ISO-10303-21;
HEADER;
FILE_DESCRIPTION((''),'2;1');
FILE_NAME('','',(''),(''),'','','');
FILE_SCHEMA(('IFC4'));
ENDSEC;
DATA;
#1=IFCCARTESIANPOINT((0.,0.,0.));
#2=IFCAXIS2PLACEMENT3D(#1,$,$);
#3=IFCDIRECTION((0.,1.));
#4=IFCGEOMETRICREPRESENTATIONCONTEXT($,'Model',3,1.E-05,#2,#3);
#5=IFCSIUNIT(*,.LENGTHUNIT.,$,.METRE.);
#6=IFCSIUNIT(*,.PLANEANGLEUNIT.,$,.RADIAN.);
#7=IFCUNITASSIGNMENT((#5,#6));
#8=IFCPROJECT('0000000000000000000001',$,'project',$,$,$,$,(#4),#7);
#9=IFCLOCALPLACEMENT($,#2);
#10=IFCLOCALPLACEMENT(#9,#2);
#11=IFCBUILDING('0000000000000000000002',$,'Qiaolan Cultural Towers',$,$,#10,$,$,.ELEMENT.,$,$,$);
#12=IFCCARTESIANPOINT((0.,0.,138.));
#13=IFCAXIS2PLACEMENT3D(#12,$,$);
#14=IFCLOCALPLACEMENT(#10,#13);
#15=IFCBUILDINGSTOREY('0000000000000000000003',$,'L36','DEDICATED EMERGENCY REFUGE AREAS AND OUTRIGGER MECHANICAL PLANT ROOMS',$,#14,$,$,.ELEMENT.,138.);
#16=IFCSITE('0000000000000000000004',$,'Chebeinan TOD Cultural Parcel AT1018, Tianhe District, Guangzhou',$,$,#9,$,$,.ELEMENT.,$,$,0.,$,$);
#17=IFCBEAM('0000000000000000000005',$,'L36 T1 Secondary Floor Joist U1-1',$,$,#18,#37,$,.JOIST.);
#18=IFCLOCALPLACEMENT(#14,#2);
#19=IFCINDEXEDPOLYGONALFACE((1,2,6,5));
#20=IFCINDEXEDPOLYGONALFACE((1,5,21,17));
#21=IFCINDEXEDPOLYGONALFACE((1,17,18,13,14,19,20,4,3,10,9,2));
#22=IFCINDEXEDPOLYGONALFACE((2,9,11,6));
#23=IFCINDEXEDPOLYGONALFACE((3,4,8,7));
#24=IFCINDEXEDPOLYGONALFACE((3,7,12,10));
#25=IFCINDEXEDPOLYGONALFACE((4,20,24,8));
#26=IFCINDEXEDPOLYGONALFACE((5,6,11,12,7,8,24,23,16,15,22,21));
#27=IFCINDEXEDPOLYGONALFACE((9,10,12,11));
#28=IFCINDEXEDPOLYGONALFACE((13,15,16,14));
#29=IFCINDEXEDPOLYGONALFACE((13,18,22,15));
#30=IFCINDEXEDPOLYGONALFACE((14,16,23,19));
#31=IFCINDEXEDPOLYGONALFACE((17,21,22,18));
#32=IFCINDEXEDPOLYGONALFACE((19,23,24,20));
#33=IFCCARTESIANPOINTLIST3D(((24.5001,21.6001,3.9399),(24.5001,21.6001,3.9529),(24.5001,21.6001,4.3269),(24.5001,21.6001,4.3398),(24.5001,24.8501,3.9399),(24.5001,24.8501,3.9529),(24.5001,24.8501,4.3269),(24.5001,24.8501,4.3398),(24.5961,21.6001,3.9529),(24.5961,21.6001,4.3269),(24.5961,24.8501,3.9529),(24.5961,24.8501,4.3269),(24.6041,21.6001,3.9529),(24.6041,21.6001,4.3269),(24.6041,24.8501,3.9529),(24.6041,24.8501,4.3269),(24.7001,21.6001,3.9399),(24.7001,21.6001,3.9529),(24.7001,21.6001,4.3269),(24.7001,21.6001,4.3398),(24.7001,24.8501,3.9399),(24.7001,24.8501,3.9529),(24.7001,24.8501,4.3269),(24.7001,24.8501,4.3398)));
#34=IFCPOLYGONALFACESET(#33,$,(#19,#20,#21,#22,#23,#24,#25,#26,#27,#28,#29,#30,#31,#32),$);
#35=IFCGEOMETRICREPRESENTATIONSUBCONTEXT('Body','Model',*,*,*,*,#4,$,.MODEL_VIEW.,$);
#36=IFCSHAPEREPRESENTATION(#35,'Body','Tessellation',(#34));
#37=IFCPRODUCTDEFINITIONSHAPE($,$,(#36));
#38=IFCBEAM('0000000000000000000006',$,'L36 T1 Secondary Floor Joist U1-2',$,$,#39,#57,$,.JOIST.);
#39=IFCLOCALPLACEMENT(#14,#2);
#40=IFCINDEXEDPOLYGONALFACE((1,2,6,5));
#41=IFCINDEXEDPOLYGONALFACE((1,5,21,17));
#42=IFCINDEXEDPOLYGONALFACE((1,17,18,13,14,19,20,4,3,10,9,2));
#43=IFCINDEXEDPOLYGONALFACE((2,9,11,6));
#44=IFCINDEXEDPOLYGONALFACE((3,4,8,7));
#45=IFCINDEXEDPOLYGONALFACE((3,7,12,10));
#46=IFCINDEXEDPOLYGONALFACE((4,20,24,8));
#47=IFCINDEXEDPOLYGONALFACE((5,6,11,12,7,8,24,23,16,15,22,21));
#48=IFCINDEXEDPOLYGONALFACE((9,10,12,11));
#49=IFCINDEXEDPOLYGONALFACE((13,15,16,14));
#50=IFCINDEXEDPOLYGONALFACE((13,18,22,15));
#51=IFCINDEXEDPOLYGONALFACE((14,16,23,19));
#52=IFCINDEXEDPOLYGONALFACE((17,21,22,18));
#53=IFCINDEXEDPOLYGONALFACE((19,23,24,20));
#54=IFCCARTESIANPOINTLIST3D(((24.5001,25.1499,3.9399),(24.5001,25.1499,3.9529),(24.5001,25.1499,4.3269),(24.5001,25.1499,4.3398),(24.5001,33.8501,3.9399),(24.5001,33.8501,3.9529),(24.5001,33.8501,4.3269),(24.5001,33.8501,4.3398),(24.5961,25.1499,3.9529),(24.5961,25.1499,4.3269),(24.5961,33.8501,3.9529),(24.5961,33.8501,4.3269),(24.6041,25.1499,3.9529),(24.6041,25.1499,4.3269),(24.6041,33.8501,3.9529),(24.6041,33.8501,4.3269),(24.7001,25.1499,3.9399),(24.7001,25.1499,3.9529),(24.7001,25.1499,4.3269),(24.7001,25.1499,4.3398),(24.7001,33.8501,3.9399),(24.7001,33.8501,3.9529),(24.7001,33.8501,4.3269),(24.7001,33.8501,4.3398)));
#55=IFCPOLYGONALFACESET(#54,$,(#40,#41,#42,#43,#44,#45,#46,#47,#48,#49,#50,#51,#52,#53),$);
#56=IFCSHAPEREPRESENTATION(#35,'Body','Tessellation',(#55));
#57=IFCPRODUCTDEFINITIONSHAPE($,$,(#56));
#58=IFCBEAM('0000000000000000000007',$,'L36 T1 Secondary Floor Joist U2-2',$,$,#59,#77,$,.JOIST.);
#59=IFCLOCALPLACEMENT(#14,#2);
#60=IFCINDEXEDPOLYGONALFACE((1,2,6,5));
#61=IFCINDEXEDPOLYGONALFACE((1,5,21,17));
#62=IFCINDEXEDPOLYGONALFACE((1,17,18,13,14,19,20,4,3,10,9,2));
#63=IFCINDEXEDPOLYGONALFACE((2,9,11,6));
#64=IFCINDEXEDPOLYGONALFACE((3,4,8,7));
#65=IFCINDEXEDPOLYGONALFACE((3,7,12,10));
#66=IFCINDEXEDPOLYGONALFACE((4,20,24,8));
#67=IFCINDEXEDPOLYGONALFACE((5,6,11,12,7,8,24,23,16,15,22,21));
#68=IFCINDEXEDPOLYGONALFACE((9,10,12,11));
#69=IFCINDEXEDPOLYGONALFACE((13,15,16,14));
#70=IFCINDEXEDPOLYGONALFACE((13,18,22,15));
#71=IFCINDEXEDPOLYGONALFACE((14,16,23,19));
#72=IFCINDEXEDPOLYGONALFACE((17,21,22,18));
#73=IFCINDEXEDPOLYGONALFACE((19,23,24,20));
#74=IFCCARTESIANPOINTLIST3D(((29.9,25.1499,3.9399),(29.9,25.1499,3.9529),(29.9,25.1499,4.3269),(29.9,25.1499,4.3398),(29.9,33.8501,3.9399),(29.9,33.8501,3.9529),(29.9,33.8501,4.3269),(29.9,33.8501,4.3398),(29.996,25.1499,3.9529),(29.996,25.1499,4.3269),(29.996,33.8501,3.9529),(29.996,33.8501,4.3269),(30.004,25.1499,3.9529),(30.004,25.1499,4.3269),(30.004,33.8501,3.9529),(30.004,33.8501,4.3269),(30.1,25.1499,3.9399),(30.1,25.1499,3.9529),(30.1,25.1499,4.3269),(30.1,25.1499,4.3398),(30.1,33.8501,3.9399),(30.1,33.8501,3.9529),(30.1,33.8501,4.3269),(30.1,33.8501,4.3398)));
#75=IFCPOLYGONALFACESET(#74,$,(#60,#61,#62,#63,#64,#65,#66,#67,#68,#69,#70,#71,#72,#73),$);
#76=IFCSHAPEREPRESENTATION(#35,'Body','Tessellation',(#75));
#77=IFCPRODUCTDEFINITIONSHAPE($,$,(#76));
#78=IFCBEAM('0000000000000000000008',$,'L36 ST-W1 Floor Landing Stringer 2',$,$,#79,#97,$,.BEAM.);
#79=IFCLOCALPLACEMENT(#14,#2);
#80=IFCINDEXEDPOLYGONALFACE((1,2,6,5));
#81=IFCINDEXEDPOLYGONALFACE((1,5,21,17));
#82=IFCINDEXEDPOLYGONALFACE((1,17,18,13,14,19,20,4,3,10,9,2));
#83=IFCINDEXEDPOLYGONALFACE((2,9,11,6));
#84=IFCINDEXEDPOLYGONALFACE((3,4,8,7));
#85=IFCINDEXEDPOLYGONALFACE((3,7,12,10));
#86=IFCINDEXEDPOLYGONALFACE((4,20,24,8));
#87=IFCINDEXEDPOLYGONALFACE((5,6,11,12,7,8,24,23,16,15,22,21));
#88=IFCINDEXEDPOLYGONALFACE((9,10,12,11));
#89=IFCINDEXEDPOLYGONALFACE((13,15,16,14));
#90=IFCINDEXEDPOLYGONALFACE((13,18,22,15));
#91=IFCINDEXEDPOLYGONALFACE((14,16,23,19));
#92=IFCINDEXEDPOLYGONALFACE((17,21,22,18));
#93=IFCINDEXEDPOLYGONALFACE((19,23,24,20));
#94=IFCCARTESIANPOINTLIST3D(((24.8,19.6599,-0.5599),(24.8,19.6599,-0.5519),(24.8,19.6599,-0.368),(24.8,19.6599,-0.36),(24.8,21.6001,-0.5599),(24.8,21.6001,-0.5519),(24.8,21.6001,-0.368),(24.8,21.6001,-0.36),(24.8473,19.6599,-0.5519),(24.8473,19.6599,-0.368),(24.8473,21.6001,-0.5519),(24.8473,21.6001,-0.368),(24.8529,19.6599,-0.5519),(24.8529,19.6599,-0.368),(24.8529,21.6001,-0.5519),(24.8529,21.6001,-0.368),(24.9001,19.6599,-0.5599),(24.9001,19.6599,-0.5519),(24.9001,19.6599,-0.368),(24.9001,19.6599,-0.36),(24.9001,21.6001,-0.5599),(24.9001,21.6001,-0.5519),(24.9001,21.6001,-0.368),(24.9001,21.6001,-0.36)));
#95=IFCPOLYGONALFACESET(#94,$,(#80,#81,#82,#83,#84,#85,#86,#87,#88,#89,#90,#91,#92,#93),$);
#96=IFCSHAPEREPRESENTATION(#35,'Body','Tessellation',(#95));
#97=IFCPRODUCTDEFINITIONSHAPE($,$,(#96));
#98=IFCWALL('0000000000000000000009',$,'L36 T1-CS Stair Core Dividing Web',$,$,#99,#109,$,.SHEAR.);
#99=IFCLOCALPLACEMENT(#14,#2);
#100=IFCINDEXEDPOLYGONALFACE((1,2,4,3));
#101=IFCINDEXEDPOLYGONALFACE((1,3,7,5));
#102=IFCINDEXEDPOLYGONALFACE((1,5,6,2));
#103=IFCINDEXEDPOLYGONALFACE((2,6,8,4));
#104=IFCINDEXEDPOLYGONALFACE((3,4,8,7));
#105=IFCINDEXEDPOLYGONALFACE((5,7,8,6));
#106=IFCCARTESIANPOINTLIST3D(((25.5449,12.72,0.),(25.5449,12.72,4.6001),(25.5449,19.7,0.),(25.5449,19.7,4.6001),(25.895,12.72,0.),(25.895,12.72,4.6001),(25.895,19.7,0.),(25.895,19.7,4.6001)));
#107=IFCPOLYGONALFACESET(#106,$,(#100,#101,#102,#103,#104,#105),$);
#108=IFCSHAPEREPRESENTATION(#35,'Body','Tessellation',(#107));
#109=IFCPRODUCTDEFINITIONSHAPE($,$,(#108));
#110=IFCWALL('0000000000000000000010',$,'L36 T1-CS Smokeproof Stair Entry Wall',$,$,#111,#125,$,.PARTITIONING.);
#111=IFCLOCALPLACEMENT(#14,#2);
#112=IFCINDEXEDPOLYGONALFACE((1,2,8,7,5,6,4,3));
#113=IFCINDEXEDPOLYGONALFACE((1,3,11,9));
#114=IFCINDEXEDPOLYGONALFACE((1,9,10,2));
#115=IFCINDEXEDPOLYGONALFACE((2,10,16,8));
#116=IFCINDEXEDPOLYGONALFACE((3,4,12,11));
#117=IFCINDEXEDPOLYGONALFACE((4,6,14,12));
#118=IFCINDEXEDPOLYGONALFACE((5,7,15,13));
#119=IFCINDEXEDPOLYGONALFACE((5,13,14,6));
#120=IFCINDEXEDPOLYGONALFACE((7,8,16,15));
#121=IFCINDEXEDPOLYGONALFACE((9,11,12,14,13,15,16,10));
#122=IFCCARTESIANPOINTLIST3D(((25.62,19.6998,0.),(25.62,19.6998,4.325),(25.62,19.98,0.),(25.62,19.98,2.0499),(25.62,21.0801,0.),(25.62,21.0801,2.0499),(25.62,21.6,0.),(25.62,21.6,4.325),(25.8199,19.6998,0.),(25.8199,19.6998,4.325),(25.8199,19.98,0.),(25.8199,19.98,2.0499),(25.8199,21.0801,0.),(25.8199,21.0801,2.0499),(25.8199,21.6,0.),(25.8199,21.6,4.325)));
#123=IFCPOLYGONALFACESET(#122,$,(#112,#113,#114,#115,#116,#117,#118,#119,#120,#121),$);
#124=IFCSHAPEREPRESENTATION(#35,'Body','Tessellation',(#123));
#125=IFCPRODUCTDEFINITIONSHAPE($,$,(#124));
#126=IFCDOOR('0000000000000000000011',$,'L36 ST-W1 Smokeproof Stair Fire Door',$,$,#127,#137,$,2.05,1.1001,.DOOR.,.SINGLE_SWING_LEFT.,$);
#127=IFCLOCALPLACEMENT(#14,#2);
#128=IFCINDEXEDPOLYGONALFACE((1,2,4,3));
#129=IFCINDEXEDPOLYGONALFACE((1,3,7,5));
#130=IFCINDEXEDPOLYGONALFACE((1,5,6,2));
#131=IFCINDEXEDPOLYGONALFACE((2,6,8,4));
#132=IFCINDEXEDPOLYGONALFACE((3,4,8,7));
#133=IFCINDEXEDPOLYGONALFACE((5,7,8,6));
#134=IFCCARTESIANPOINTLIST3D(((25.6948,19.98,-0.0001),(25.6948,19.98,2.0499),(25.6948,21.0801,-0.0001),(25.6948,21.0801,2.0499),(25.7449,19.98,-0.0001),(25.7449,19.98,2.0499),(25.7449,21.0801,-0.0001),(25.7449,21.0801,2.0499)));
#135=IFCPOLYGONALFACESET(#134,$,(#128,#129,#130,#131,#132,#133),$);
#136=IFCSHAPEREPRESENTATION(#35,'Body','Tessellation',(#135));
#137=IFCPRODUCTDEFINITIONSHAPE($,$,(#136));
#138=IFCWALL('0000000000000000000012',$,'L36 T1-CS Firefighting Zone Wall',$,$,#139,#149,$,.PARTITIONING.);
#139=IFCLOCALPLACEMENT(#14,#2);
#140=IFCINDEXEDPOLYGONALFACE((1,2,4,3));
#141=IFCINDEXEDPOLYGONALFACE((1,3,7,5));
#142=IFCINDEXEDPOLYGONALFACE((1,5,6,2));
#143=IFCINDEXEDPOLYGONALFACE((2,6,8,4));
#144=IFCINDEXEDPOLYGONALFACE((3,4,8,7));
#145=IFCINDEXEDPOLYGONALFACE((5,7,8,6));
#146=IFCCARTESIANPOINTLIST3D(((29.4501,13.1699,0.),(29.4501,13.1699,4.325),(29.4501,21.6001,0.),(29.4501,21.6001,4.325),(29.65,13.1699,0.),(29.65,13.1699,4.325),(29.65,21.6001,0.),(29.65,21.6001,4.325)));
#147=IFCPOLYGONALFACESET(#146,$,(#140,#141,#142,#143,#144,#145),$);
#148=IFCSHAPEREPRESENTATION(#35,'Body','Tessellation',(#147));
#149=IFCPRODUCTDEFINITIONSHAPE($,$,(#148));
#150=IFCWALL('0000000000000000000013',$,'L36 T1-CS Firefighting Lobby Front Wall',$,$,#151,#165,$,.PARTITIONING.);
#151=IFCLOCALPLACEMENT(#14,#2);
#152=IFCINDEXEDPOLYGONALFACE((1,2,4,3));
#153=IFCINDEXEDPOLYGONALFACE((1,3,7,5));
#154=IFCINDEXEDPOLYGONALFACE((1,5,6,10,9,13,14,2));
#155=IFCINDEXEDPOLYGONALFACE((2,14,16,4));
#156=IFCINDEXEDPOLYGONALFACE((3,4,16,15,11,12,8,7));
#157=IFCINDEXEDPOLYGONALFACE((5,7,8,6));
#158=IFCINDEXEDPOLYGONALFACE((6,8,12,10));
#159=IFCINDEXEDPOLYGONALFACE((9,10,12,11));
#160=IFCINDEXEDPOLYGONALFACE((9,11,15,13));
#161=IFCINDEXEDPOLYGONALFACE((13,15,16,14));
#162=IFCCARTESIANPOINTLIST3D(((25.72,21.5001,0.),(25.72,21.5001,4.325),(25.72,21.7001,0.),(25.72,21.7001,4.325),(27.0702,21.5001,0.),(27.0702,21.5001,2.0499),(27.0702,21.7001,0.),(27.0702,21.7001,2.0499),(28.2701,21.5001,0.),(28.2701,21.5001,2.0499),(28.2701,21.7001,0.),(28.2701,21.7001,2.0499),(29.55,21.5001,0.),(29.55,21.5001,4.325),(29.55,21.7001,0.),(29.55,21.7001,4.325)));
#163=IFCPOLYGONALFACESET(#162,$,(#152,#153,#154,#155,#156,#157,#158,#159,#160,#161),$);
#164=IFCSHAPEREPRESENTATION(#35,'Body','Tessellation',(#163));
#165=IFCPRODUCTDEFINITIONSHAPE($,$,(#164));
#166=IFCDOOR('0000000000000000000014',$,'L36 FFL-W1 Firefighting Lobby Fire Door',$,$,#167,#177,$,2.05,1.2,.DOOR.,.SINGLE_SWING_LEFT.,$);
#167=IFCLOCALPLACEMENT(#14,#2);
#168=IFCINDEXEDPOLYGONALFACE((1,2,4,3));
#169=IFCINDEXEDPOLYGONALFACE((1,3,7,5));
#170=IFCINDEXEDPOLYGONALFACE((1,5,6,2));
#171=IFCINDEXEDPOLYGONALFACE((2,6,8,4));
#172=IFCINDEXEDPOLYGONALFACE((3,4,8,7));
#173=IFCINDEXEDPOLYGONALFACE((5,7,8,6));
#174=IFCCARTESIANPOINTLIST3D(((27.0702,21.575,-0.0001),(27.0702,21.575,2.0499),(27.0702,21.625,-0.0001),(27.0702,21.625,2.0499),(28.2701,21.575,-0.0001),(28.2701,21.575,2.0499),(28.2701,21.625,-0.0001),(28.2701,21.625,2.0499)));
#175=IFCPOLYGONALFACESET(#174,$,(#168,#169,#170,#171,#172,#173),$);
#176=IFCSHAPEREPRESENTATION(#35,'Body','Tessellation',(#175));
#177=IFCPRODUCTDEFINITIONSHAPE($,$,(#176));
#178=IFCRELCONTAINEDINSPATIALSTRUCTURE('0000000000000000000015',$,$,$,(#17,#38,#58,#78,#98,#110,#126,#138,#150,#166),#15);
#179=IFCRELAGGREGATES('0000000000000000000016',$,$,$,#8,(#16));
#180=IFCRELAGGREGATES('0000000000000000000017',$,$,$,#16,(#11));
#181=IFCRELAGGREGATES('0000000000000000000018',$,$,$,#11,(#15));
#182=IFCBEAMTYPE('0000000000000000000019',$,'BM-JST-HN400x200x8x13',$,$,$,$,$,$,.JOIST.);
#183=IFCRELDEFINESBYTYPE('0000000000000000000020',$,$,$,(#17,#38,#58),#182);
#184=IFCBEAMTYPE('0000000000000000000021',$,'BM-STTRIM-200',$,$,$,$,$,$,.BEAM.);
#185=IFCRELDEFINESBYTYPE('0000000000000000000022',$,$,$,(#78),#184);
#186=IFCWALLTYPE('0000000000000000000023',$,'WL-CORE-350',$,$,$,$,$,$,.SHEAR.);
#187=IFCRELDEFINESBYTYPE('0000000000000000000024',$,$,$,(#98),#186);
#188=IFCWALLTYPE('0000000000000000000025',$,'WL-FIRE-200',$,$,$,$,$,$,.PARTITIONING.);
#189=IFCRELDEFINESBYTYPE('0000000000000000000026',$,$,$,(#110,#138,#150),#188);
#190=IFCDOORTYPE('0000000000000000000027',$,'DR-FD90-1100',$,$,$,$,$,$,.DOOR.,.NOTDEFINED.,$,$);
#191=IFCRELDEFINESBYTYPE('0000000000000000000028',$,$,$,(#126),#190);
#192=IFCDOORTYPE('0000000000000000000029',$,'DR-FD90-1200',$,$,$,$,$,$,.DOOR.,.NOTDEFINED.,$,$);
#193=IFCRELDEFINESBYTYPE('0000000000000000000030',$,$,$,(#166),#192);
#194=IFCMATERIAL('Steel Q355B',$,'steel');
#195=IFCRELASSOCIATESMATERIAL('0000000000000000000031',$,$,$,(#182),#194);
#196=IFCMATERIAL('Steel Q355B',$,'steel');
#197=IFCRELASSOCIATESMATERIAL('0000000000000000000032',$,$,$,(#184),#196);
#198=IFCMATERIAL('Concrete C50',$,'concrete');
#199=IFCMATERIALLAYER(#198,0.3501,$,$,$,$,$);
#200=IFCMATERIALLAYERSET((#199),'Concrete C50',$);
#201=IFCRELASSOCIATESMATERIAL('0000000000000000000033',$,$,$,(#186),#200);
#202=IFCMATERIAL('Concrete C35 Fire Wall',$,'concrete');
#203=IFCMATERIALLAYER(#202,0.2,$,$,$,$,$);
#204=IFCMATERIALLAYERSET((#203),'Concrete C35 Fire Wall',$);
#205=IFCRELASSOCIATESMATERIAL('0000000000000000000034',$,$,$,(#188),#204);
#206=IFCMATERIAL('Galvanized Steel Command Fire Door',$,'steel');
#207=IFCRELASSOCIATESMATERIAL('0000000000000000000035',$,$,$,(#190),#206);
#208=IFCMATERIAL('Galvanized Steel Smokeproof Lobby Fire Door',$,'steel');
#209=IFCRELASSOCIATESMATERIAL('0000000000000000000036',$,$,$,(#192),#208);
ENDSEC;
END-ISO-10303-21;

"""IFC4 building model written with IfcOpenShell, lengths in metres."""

from ifc_helpers import new_model, si_unit, direction, frame, frame_2d, origin, origin_2d, place, context, subcontext, project, spatial, rectangle, i_section, extrude, material, layer, layer_set, material_profile, profile_set, type_object, element, fill, save


model = new_model("IFC4")

# Units and contexts
model_context = context("Model", 3, precision=1e-05, world=origin(), true_north=direction((0.0, 1.0)))
body_context = subcontext(model_context, "Body", "Model", "MODEL_VIEW")
ifc_project = project(units=[si_unit("LENGTHUNIT", "METRE"), si_unit("PLANEANGLEUNIT", "RADIAN")], contexts=[model_context])

# Site, building, storey
site_placement = place(None, origin())
site = spatial("IfcSite", under=ifc_project, at=site_placement, Name="Chebeinan TOD Cultural Parcel AT1018, Tianhe District, Guangzhou", CompositionType="ELEMENT", RefElevation=0.0)
building_placement = place(site_placement, origin())
building = spatial("IfcBuilding", under=site, at=building_placement, Name="Qiaolan Cultural Towers", CompositionType="ELEMENT")
storey_placement = place(building_placement, frame((0.0, 0.0, 138.0)))
storey = spatial("IfcBuildingStorey", under=building, at=storey_placement, Name="L36", Description="DEDICATED EMERGENCY REFUGE AREAS AND OUTRIGGER MECHANICAL PLANT ROOMS", CompositionType="ELEMENT", Elevation=138.0)

# Beams
ifc_material_1 = material(Name="Steel Q355B", Category="steel")
ifc_material_profile_1 = material_profile(ifc_material_1, i_section(OverallWidth=0.2, OverallDepth=0.3999, WebThickness=0.0081, FlangeThickness=0.0129, at=origin_2d()), Name="HN400x200x8x13")
ifc_profile_set_1 = profile_set([ifc_material_profile_1], Name="Steel Q355B")
beam_type_1 = type_object("IfcBeamType", Name="BM-JST-HN400x200x8x13", PredefinedType="JOIST", material=ifc_profile_set_1)
beam_1_placement = place(storey_placement, frame((24.6001, 21.6001, 4.1399), z_axis=(0.0, 1.0, 0.0), x_axis=(-1.0, 0.0, 0.0)))
element("IfcBeam", 1, at=beam_1_placement, inside=storey, type_object=beam_type_1, Name="L36 T1 Secondary Floor Joist U1-1", PredefinedType="JOIST", context=body_context, shape_type="SweptSolid", body=[
    extrude(i_section(OverallWidth=0.2, OverallDepth=0.3999, WebThickness=0.0081, FlangeThickness=0.0129, at=origin_2d()), origin(), (0.0, 0.0, 1.0), 3.25),
])
for number, where, z_axis, x_axis, name in (
    (2, (24.6001, 25.1499, 4.1399), (0.0, 1.0, 0.0), (-1.0, 0.0, 0.0), "L36 T1 Secondary Floor Joist U1-2"),
    (3, (30.0, 25.1499, 4.1399), (0.0, 1.0, 0.0), (-1.0, 0.0, 0.0), "L36 T1 Secondary Floor Joist U2-2"),
):
    element("IfcBeam", number, at=place(storey_placement, frame(where, z_axis=z_axis, x_axis=x_axis)), inside=storey, type_object=beam_type_1, Name=name, PredefinedType="JOIST", context=body_context, shape_type="SweptSolid", body=[
        extrude(i_section(OverallWidth=0.2, OverallDepth=0.3999, WebThickness=0.0081, FlangeThickness=0.0129, at=origin_2d()), origin(), (0.0, 0.0, 1.0), 8.7002),
    ])
ifc_material_2 = material(Name="Steel Q355B", Category="steel")
ifc_material_profile_2 = material_profile(ifc_material_2, i_section(OverallWidth=0.1001, OverallDepth=0.2, WebThickness=0.0056, FlangeThickness=0.0081, at=origin_2d()), Name="HN200x100x5.5x8")
ifc_profile_set_2 = profile_set([ifc_material_profile_2], Name="Steel Q355B")
beam_type_2 = type_object("IfcBeamType", Name="BM-STTRIM-200", PredefinedType="BEAM", material=ifc_profile_set_2)
beam_2_placement = place(storey_placement, frame((24.8501, 21.6001, -0.46), z_axis=(0.0, -1.0, 0.0), x_axis=(1.0, 0.0, 0.0)))
element("IfcBeam", 4, at=beam_2_placement, inside=storey, type_object=beam_type_2, Name="L36 ST-W1 Floor Landing Stringer 2", PredefinedType="BEAM", context=body_context, shape_type="SweptSolid", body=[
    extrude(i_section(OverallWidth=0.1001, OverallDepth=0.2, WebThickness=0.0056, FlangeThickness=0.0081, at=origin_2d()), origin(), (0.0, 0.0, 1.0), 1.9402),
])

# Wall
ifc_material_3 = material(Name="Concrete C50", Category="concrete")
ifc_layer_1 = layer(ifc_material_3, 0.3501)
ifc_layer_set_1 = layer_set([ifc_layer_1], Name="Concrete C50")
wall_type_1 = type_object("IfcWallType", Name="WL-CORE-350", PredefinedType="SHEAR", material=ifc_layer_set_1)
wall_1_placement = place(storey_placement, frame((25.72, 19.7, 0.0), z_axis=(0.0, 0.0, 1.0), x_axis=(0.0, -1.0, 0.0)))
element("IfcWall", 5, at=wall_1_placement, inside=storey, type_object=wall_type_1, Name="L36 T1-CS Stair Core Dividing Web", PredefinedType="SHEAR", context=body_context, shape_type="SweptSolid", body=[
    extrude(rectangle(XDim=6.98, YDim=0.3501, at=frame_2d((3.49, 0.0))), origin(), (0.0, 0.0, 1.0), 4.6001),
])

# Wall, opening, door
ifc_material_4 = material(Name="Concrete C35 Fire Wall", Category="concrete")
ifc_layer_2 = layer(ifc_material_4, 0.2)
ifc_layer_set_2 = layer_set([ifc_layer_2], Name="Concrete C35 Fire Wall")
wall_type_2 = type_object("IfcWallType", Name="WL-FIRE-200", PredefinedType="PARTITIONING", material=ifc_layer_set_2)
wall_2_placement = place(storey_placement, frame((25.72, 21.6001, 0.0), z_axis=(0.0, 0.0, 1.0), x_axis=(0.0, -1.0, 0.0)))
wall_2 = element("IfcWall", 6, at=wall_2_placement, inside=storey, type_object=wall_type_2, Name="L36 T1-CS Smokeproof Stair Entry Wall", PredefinedType="PARTITIONING", context=body_context, shape_type="SweptSolid", body=[
    extrude(rectangle(XDim=1.9001, YDim=0.2, at=frame_2d((0.9502, 0.0))), origin(), (0.0, 0.0, 1.0), 4.325),
])
opening_1_placement = place(wall_2_placement, frame((0.52, 0.0, 0.0)))
opening_1 = element("IfcOpeningElement", 7, at=opening_1_placement, cuts=wall_2, PredefinedType="OPENING", context=body_context, shape_type="SweptSolid", body=[
    extrude(rectangle(XDim=1.1001, YDim=2.05, at=frame_2d((0.55, 1.0249))), frame((0.0, 0.1099, 0.0), z_axis=(0.0, -1.0, 0.0), x_axis=(1.0, 0.0, 0.0)), (0.0, 0.0, 1.0), 0.22),
])
ifc_material_5 = material(Name="Galvanized Steel Command Fire Door", Category="steel")
door_type_1 = type_object("IfcDoorType", Name="DR-FD90-1100", OperationType="NOTDEFINED", PredefinedType="DOOR", material=ifc_material_5)
door_1_placement = place(opening_1_placement, origin())
door_1 = element("IfcDoor", 8, at=door_1_placement, inside=storey, type_object=door_type_1, Name="L36 ST-W1 Smokeproof Stair Fire Door", OperationType="SINGLE_SWING_LEFT", OverallHeight=2.05, OverallWidth=1.1001, PredefinedType="DOOR", context=body_context, shape_type="SweptSolid", body=[
    extrude(rectangle(XDim=1.1001, YDim=2.05, at=frame_2d((0.55, 1.0249))), frame((0.0, 0.0249, 0.0), z_axis=(0.0, -1.0, 0.0), x_axis=(1.0, 0.0, 0.0)), (0.0, 0.0, 1.0), 0.05),
])
fill(opening_1, door_1)

# Wall
wall_3_placement = place(storey_placement, frame((29.55, 21.6001, 0.0), z_axis=(0.0, 0.0, 1.0), x_axis=(0.0, -1.0, 0.0)))
element("IfcWall", 9, at=wall_3_placement, inside=storey, type_object=wall_type_2, Name="L36 T1-CS Firefighting Zone Wall", PredefinedType="PARTITIONING", context=body_context, shape_type="SweptSolid", body=[
    extrude(rectangle(XDim=8.4302, YDim=0.2, at=frame_2d((4.2151, 0.0))), origin(), (0.0, 0.0, 1.0), 4.325),
])

# Wall, opening, door
wall_4_placement = place(storey_placement, frame((25.72, 21.6001, 0.0), z_axis=(0.0, 0.0, 1.0), x_axis=(1.0, 0.0, 0.0)))
wall_4 = element("IfcWall", 10, at=wall_4_placement, inside=storey, type_object=wall_type_2, Name="L36 T1-CS Firefighting Lobby Front Wall", PredefinedType="PARTITIONING", context=body_context, shape_type="SweptSolid", body=[
    extrude(rectangle(XDim=3.8301, YDim=0.2, at=frame_2d((1.915, 0.0))), origin(), (0.0, 0.0, 1.0), 4.325),
])
opening_2_placement = place(wall_4_placement, frame((1.3501, 0.0, 0.0)))
opening_2 = element("IfcOpeningElement", 11, at=opening_2_placement, cuts=wall_4, PredefinedType="OPENING", context=body_context, shape_type="SweptSolid", body=[
    extrude(rectangle(XDim=1.2, YDim=2.05, at=frame_2d((0.6001, 1.0249))), frame((0.0, 0.1099, 0.0), z_axis=(0.0, -1.0, 0.0), x_axis=(1.0, 0.0, 0.0)), (0.0, 0.0, 1.0), 0.22),
])
ifc_material_6 = material(Name="Galvanized Steel Smokeproof Lobby Fire Door", Category="steel")
door_type_2 = type_object("IfcDoorType", Name="DR-FD90-1200", OperationType="NOTDEFINED", PredefinedType="DOOR", material=ifc_material_6)
door_2_placement = place(opening_2_placement, origin())
door_2 = element("IfcDoor", 12, at=door_2_placement, inside=storey, type_object=door_type_2, Name="L36 FFL-W1 Firefighting Lobby Fire Door", OperationType="SINGLE_SWING_LEFT", OverallHeight=2.05, OverallWidth=1.2, PredefinedType="DOOR", context=body_context, shape_type="SweptSolid", body=[
    extrude(rectangle(XDim=1.2, YDim=2.05, at=frame_2d((0.6001, 1.0249))), frame((0.0, 0.0249, 0.0), z_axis=(0.0, -1.0, 0.0), x_axis=(1.0, 0.0, 0.0)), (0.0, 0.0, 1.0), 0.05),
])
fill(opening_2, door_2)

save(model, "model.ifc")
